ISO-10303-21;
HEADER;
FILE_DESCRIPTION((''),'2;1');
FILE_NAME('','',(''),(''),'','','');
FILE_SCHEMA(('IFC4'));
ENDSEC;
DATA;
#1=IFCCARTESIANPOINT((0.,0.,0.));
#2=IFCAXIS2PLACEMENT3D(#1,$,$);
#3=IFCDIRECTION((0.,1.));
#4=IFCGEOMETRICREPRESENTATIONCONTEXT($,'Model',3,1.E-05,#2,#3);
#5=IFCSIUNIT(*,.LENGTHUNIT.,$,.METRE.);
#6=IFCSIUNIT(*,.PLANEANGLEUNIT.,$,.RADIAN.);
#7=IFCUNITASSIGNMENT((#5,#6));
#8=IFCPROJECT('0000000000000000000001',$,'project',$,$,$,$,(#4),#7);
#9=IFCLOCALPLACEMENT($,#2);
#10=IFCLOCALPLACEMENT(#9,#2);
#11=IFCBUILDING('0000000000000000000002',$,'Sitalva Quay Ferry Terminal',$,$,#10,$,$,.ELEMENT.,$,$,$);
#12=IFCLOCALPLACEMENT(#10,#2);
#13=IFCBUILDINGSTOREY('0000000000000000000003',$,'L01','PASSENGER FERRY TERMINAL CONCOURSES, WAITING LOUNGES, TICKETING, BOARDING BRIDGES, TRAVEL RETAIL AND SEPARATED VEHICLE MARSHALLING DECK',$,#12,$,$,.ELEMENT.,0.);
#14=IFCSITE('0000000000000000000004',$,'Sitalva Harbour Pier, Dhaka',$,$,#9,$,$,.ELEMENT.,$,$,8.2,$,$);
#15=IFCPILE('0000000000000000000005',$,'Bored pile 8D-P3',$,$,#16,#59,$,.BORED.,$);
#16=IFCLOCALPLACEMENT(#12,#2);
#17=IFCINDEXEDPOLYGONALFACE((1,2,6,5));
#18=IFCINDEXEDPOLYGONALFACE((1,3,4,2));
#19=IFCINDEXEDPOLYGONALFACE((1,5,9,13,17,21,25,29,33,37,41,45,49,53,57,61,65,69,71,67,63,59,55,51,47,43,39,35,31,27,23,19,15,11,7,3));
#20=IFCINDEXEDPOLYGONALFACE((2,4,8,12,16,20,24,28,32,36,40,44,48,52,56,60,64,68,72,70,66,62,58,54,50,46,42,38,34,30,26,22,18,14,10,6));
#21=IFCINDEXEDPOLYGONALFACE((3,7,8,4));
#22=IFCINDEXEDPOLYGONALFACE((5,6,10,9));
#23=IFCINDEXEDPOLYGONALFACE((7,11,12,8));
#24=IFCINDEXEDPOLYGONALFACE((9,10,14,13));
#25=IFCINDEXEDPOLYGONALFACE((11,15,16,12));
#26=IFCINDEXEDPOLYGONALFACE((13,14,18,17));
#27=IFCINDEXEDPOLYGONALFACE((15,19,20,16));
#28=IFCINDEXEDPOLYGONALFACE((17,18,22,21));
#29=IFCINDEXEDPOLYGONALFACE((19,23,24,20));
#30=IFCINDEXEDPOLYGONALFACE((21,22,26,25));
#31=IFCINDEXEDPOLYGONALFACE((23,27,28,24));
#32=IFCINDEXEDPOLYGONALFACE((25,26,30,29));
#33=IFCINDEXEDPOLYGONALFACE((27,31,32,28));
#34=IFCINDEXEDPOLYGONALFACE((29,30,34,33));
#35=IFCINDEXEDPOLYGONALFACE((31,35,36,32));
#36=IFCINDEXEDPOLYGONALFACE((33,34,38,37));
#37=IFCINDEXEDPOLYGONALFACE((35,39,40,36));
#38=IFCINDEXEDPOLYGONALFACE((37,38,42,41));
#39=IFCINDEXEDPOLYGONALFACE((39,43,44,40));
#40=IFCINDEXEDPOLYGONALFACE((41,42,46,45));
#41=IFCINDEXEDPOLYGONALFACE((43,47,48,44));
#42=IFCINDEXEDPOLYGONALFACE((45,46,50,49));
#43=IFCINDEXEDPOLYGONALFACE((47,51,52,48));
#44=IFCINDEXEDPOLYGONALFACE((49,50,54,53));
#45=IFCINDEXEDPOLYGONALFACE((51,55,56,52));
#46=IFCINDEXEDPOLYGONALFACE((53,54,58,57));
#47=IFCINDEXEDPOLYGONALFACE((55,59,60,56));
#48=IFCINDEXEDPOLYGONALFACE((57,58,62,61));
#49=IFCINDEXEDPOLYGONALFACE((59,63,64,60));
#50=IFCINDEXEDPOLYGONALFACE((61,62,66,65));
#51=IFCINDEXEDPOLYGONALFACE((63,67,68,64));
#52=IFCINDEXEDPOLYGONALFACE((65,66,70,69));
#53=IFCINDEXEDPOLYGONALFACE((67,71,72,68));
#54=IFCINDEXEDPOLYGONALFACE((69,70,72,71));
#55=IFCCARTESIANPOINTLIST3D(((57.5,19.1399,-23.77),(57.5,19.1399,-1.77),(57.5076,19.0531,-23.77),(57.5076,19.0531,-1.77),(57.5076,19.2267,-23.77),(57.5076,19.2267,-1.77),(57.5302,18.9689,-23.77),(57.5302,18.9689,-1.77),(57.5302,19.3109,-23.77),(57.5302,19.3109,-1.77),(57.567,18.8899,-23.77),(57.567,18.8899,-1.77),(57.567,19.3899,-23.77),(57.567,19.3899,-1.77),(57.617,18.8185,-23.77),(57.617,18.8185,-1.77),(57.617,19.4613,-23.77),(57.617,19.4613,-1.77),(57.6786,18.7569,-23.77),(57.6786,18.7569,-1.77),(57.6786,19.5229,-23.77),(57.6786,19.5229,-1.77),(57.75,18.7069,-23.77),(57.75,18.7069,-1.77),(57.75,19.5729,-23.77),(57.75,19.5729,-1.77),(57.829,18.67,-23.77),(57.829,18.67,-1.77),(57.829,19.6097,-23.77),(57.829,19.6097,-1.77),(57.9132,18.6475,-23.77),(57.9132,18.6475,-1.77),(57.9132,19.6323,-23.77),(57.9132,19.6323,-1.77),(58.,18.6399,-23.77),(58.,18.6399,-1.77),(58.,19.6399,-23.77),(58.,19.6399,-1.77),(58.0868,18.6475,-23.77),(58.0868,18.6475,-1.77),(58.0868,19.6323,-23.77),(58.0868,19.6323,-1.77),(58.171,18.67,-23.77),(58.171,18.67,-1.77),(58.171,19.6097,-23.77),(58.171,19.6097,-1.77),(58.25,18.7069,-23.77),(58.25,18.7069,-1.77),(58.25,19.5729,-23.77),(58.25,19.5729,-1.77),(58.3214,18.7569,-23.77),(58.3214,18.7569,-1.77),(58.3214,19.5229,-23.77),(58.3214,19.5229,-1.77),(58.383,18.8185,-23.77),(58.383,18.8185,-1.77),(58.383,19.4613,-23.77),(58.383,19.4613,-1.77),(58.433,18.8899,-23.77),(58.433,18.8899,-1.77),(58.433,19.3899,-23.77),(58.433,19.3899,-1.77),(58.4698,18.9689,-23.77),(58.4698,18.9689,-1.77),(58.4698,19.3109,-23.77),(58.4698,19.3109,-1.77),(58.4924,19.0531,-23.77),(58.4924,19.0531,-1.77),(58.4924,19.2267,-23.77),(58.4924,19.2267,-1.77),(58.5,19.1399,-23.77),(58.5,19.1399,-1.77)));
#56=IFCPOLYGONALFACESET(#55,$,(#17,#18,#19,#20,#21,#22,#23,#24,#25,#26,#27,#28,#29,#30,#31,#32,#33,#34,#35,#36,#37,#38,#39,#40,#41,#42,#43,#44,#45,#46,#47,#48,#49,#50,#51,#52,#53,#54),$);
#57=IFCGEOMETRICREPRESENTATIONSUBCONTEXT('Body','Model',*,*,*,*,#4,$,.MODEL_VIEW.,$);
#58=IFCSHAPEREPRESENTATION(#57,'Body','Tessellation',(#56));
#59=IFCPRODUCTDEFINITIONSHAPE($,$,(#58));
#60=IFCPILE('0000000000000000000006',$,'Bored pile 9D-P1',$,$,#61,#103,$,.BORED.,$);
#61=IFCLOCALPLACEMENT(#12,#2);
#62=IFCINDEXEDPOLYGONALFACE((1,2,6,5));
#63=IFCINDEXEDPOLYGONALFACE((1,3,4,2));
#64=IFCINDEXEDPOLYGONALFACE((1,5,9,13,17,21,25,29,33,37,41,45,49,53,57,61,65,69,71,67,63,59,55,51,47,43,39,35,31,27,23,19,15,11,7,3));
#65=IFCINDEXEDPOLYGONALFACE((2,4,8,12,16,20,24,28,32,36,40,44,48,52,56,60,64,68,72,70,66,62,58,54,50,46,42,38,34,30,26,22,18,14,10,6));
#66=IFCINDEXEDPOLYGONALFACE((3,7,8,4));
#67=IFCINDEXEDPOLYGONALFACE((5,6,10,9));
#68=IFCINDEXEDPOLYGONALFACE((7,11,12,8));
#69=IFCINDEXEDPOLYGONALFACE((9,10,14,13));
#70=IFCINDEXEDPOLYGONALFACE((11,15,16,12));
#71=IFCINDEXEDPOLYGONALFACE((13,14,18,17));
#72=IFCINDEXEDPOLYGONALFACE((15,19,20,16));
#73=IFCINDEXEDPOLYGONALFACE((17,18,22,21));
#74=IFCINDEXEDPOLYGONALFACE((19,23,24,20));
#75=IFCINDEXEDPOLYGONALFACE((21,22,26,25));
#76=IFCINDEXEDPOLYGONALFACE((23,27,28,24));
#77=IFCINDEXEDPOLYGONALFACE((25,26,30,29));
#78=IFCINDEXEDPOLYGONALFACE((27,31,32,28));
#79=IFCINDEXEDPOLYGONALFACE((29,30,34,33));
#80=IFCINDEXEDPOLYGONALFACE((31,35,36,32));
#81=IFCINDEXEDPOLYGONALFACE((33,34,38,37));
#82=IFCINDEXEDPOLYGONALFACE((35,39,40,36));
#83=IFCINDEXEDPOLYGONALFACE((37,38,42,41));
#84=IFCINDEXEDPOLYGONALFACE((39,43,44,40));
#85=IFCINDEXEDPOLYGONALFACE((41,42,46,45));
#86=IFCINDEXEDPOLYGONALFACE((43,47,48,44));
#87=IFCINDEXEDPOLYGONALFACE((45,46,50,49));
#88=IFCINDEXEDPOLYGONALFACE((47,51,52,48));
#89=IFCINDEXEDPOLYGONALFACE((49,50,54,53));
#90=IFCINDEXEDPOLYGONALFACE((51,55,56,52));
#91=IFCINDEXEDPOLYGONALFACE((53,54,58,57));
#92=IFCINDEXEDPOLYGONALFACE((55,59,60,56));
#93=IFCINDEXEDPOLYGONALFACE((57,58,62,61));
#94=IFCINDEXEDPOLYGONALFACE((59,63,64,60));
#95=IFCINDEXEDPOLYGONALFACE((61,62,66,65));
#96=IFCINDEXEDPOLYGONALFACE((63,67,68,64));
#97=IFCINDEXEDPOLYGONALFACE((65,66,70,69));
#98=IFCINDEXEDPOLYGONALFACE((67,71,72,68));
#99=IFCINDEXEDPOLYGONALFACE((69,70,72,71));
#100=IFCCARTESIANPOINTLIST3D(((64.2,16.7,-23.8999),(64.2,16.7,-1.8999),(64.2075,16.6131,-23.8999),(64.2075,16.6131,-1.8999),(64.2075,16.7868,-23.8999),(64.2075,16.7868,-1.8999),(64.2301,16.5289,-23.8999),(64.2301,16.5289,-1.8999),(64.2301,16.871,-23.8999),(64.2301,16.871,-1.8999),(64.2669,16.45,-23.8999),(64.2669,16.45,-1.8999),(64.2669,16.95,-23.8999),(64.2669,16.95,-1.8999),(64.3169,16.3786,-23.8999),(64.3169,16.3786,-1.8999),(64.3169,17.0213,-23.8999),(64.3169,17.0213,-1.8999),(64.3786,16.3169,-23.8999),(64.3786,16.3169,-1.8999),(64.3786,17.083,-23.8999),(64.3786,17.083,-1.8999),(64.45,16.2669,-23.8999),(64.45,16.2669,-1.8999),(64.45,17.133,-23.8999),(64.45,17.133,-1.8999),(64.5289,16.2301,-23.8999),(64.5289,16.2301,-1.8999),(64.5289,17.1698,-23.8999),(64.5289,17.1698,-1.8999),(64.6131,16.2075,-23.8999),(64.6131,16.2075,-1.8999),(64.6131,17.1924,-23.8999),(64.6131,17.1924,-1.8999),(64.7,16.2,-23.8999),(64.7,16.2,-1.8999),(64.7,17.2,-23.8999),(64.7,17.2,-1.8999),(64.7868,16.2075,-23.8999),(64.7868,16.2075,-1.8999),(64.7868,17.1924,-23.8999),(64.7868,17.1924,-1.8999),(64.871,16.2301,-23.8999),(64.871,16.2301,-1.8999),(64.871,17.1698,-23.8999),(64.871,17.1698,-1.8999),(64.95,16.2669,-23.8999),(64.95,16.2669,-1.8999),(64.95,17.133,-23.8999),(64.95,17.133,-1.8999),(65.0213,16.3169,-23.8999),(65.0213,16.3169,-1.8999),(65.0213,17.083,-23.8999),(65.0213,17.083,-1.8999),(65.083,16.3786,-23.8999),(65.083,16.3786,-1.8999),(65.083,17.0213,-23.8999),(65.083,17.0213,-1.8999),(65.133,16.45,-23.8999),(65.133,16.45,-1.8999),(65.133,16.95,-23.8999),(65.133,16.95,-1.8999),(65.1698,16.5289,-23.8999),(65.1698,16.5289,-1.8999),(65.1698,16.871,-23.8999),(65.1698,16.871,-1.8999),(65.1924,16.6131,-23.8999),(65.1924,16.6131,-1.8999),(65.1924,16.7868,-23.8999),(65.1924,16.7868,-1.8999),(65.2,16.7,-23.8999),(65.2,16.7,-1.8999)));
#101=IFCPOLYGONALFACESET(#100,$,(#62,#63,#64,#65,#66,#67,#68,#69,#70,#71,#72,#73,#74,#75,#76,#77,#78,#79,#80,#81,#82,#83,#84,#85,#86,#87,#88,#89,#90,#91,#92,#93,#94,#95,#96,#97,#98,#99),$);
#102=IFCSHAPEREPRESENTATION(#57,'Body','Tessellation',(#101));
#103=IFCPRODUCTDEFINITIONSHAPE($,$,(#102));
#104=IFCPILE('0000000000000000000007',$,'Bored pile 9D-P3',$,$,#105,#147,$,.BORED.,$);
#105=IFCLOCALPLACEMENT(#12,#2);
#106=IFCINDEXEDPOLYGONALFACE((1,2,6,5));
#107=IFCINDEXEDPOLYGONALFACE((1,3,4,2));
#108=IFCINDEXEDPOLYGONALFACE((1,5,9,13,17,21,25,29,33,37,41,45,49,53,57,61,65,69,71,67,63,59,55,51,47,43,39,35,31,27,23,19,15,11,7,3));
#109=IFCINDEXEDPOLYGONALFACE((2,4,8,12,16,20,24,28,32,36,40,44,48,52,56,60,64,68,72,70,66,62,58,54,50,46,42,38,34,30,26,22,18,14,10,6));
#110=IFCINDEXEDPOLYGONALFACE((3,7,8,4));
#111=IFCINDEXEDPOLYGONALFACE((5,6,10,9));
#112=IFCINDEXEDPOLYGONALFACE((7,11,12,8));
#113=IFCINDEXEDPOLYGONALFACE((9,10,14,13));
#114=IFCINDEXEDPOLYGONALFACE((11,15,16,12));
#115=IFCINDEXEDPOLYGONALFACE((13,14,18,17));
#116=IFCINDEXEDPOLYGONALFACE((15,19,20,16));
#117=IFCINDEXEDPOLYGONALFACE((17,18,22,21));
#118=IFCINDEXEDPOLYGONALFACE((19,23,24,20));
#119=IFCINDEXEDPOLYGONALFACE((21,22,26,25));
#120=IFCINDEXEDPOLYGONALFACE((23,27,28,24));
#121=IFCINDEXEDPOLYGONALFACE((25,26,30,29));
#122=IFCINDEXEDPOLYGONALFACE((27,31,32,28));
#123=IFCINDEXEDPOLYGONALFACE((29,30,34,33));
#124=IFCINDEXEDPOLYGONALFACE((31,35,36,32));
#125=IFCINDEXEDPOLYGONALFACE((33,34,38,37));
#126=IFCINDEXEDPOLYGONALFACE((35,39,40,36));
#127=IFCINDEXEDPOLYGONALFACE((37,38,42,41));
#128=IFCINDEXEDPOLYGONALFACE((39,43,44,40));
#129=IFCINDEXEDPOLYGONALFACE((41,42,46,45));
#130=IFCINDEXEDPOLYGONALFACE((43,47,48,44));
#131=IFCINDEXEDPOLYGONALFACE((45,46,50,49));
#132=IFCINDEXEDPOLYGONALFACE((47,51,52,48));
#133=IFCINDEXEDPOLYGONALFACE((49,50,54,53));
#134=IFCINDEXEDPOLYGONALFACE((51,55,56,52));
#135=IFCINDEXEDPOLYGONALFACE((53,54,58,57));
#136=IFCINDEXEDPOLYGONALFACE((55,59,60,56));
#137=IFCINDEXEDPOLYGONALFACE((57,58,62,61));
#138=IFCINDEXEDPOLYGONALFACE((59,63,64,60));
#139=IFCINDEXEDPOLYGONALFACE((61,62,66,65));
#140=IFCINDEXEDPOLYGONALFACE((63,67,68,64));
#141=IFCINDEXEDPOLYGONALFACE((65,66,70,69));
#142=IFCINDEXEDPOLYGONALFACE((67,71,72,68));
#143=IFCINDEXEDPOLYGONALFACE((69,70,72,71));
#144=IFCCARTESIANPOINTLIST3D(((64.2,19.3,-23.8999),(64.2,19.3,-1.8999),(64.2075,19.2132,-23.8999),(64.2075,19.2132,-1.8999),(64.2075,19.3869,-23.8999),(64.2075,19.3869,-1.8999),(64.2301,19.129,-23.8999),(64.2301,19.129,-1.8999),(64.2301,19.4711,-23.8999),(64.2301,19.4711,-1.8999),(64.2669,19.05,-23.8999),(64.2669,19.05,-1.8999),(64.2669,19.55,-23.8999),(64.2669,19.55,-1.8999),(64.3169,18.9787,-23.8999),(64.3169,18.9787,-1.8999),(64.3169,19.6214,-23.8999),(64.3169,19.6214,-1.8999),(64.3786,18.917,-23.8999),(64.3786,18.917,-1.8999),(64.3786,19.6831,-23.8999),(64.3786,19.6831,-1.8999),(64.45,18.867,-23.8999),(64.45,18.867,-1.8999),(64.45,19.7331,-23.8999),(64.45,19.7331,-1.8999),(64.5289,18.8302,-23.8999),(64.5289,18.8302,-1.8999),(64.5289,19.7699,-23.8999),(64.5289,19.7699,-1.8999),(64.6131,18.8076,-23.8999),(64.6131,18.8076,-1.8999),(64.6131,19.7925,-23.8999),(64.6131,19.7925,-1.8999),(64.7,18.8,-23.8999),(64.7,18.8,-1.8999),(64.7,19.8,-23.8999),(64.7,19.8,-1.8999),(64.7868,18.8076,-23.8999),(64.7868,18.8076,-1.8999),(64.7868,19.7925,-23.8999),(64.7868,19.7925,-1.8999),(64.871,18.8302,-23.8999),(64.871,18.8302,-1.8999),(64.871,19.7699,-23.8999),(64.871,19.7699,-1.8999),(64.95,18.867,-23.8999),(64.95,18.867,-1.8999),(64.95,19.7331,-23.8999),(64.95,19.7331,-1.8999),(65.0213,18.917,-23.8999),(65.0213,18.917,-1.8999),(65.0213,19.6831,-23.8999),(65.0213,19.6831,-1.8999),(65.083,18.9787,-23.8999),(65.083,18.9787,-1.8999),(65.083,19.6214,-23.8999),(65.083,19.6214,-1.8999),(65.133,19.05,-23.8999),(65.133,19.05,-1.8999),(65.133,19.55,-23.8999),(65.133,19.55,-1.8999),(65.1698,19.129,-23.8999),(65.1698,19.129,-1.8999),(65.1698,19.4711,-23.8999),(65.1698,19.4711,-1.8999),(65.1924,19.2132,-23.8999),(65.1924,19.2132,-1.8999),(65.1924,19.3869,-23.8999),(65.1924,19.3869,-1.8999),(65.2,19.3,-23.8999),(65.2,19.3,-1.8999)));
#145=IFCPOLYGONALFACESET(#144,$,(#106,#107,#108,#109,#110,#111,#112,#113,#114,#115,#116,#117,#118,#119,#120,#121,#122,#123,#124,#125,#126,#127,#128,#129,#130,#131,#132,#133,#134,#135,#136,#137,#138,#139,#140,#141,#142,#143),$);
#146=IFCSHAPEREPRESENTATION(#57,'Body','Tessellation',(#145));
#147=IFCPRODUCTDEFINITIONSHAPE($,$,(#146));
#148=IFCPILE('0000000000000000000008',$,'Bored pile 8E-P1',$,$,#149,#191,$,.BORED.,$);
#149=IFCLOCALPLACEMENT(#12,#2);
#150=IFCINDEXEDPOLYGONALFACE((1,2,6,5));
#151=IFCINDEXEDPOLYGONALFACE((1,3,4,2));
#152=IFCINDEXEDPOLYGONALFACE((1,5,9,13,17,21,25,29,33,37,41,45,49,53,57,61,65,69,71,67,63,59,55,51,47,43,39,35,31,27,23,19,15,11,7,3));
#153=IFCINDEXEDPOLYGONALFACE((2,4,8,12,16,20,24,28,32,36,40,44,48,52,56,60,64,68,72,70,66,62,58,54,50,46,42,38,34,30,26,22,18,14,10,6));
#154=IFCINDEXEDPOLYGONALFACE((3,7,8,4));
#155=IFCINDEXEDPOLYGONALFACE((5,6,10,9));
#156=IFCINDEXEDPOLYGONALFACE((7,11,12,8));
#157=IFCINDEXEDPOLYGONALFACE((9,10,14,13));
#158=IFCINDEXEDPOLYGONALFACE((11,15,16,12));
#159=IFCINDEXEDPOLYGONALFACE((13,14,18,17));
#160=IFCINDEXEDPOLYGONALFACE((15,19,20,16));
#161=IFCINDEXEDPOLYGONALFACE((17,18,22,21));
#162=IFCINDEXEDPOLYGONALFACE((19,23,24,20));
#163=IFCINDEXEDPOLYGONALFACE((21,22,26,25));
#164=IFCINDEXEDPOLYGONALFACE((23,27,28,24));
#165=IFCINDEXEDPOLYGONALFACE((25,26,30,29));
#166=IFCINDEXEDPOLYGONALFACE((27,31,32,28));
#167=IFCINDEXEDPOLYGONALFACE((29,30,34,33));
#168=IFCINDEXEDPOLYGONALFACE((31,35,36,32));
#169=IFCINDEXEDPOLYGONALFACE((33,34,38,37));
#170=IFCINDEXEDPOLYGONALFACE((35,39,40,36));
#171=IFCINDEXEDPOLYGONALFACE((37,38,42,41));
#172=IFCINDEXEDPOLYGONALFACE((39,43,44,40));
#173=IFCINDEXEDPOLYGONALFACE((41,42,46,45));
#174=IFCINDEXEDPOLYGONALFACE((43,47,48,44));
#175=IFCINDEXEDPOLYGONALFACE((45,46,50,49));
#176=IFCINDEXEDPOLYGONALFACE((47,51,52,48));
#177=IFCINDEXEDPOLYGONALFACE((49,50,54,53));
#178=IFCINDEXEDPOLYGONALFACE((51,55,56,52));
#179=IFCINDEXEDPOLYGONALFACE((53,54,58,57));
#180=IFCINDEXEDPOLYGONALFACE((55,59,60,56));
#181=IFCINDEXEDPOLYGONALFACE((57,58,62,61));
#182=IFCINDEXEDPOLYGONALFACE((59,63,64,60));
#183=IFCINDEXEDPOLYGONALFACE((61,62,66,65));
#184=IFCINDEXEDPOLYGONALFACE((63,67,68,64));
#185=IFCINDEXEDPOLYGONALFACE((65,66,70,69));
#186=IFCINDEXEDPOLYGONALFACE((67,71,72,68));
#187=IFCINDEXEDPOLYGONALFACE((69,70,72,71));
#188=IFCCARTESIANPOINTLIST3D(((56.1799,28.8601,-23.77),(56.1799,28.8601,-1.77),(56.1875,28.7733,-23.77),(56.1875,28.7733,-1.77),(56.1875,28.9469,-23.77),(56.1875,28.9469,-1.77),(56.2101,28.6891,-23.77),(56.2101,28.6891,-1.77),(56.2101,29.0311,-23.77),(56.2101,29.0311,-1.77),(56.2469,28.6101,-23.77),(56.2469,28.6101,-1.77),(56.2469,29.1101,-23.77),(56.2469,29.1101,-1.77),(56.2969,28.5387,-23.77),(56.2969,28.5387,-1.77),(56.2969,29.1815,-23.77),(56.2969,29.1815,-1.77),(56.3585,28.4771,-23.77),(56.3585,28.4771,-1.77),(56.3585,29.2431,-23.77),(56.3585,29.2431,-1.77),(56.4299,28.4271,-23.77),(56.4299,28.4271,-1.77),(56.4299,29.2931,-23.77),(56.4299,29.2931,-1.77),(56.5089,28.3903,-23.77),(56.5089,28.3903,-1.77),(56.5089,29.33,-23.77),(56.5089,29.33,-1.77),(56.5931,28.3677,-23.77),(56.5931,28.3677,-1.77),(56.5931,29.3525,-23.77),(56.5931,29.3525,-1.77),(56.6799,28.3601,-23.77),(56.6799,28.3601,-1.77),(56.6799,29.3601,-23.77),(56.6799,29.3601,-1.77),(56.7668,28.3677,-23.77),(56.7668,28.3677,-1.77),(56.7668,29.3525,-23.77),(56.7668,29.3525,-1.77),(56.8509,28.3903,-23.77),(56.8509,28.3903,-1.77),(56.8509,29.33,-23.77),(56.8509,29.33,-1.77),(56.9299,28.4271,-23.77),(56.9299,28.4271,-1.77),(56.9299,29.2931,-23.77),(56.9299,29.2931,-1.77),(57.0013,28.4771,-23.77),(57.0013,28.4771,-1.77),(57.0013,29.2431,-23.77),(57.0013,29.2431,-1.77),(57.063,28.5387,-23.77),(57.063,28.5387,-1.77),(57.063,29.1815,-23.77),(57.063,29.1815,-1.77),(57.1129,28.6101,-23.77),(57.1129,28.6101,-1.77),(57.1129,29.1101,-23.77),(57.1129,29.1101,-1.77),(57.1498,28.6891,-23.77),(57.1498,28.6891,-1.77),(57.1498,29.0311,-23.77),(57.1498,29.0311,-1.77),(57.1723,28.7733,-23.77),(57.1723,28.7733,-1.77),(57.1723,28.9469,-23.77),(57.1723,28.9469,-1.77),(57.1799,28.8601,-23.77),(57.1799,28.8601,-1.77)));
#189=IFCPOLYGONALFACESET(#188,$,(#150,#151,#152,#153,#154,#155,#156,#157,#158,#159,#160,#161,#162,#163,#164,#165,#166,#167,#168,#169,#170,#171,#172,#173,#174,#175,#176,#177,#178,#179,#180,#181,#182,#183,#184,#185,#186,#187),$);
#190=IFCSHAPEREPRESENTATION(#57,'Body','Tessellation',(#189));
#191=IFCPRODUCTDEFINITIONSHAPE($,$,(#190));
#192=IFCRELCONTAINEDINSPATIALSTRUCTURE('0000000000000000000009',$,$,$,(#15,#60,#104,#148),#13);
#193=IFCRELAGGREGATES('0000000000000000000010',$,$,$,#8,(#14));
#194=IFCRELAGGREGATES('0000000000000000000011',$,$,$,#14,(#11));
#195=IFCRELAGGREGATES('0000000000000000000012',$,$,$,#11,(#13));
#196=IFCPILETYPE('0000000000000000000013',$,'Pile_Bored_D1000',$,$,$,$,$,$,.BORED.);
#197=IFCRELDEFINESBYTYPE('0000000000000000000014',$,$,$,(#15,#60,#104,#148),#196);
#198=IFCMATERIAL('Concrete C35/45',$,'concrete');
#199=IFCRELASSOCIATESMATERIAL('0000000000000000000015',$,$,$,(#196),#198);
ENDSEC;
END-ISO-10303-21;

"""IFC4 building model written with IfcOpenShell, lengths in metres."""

from ifc_helpers import new_model, si_unit, direction, frame, origin, origin_2d, place, context, subcontext, project, spatial, circle, extrude, material, material_profile, profile_set, type_object, element, save


model = new_model("IFC4")

# Units and contexts
model_context = context("Model", 3, precision=1e-05, world=origin(), true_north=direction((0.0, 1.0)))
body_context = subcontext(model_context, "Body", "Model", "MODEL_VIEW")
ifc_project = project(units=[si_unit("LENGTHUNIT", "METRE"), si_unit("PLANEANGLEUNIT", "RADIAN")], contexts=[model_context])

# Site, building, storey
site_placement = place(None, origin())
site = spatial("IfcSite", under=ifc_project, at=site_placement, Name="Sitalva Harbour Pier, Dhaka", CompositionType="ELEMENT", RefElevation=8.2)
building_placement = place(site_placement, origin())
building = spatial("IfcBuilding", under=site, at=building_placement, Name="Sitalva Quay Ferry Terminal", CompositionType="ELEMENT")
storey_placement = place(building_placement, origin())
storey = spatial("IfcBuildingStorey", under=building, at=storey_placement, Name="L01", Description="PASSENGER FERRY TERMINAL CONCOURSES, WAITING LOUNGES, TICKETING, BOARDING BRIDGES, TRAVEL RETAIL AND SEPARATED VEHICLE MARSHALLING DECK", CompositionType="ELEMENT", Elevation=0.0)

# Piles
ifc_material_1 = material(Name="Concrete C35/45", Category="concrete")
ifc_material_profile_1 = material_profile(ifc_material_1, circle(Radius=0.5, at=origin_2d()), Name="PILE-D1000")
ifc_profile_set_1 = profile_set([ifc_material_profile_1], Name="Concrete C35/45")
pile_type = type_object("IfcPileType", Name="Pile_Bored_D1000", PredefinedType="BORED", material=ifc_profile_set_1)
for number, where, z_axis, x_axis, name in (
    (1, (58.0, 19.1399, -1.77), (0.0, 0.0, -1.0), (1.0, 0.0, 0.0), "Bored pile 8D-P3"),
    (2, (64.7, 16.7, -1.8999), (0.0, 0.0, -1.0), (1.0, 0.0, 0.0), "Bored pile 9D-P1"),
    (3, (64.7, 19.3, -1.8999), (0.0, 0.0, -1.0), (1.0, 0.0, 0.0), "Bored pile 9D-P3"),
    (4, (56.6799, 28.8601, -1.77), (0.0, 0.0, -1.0), (1.0, 0.0, 0.0), "Bored pile 8E-P1"),
):
    element("IfcPile", number, at=place(storey_placement, frame(where, z_axis=z_axis, x_axis=x_axis)), inside=storey, type_object=pile_type, Name=name, PredefinedType="BORED", context=body_context, shape_type="SweptSolid", body=[
        extrude(circle(Radius=0.5, at=origin_2d()), origin(), (0.0, 0.0, 1.0), 22.0),
    ])

save(model, "model.ifc")
